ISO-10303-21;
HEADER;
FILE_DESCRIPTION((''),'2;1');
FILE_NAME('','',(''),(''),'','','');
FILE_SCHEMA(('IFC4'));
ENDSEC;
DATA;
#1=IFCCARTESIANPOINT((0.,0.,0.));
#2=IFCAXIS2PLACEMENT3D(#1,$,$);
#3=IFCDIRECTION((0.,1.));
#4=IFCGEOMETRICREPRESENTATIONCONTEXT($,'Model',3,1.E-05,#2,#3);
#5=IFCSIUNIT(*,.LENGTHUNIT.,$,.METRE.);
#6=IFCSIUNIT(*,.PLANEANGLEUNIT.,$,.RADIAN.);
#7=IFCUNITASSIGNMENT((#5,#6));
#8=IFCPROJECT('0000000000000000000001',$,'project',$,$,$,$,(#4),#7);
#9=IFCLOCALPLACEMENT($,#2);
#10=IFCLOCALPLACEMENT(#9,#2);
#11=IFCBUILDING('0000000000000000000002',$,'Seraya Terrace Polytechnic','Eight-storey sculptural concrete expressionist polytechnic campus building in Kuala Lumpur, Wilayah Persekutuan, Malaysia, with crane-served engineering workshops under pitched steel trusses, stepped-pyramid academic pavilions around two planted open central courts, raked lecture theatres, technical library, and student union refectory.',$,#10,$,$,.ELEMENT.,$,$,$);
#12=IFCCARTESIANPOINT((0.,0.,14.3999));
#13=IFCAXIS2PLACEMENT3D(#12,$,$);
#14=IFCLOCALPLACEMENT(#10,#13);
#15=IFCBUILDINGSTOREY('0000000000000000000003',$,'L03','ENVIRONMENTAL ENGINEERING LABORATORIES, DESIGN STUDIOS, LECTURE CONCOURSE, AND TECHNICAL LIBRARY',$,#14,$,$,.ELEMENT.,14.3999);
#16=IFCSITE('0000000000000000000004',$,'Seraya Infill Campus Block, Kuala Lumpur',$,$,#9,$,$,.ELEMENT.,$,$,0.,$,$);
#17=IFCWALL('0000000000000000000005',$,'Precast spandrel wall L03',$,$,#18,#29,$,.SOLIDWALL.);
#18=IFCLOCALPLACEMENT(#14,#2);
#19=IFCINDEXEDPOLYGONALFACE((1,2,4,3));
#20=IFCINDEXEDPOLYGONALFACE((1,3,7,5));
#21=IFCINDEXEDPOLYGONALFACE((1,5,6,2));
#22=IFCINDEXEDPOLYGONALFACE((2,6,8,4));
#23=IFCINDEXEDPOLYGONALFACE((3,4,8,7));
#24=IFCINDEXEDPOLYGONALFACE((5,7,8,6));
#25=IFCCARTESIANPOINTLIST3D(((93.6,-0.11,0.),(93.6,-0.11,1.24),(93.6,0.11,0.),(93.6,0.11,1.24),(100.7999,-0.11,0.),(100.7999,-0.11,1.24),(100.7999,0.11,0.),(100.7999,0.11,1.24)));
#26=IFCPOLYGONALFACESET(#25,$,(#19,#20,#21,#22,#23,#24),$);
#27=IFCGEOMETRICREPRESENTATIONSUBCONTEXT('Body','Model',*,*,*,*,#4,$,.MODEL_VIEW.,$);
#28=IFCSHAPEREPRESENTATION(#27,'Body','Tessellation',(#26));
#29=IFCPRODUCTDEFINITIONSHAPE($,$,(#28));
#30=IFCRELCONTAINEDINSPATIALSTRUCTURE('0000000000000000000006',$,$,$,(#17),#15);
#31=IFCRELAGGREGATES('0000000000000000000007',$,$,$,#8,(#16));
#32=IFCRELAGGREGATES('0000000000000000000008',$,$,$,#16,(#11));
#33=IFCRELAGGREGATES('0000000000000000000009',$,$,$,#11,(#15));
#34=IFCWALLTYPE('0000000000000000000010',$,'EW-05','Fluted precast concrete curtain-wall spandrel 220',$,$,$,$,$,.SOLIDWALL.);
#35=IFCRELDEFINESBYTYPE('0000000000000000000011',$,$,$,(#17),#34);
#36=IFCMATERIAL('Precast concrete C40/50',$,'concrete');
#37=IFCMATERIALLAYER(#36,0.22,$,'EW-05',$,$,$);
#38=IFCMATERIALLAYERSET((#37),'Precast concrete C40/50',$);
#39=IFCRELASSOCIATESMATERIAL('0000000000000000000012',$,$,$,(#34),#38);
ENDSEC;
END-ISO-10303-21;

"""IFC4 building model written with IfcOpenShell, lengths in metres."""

from ifc_helpers import new_model, si_unit, direction, frame, frame_2d, origin, place, context, subcontext, project, spatial, rectangle, extrude, material, layer, layer_set, type_object, element, save


model = new_model("IFC4")

# Units and contexts
model_context = context("Model", 3, precision=1e-05, world=origin(), true_north=direction((0.0, 1.0)))
body_context = subcontext(model_context, "Body", "Model", "MODEL_VIEW")
ifc_project = project(units=[si_unit("LENGTHUNIT", "METRE"), si_unit("PLANEANGLEUNIT", "RADIAN")], contexts=[model_context])

# Site, building, storey
site_placement = place(None, origin())
site = spatial("IfcSite", under=ifc_project, at=site_placement, Name="Seraya Infill Campus Block, Kuala Lumpur", CompositionType="ELEMENT", RefElevation=0.0)
building_placement = place(site_placement, origin())
building = spatial("IfcBuilding", under=site, at=building_placement, Name="Seraya Terrace Polytechnic", Description="Eight-storey sculptural concrete expressionist polytechnic campus building in Kuala Lumpur, Wilayah Persekutuan, Malaysia, with crane-served engineering workshops under pitched steel trusses, stepped-pyramid academic pavilions around two planted open central courts, raked lecture theatres, technical library, and student union refectory.", CompositionType="ELEMENT")
storey_placement = place(building_placement, frame((0.0, 0.0, 14.3999)))
storey = spatial("IfcBuildingStorey", under=building, at=storey_placement, Name="L03", Description="ENVIRONMENTAL ENGINEERING LABORATORIES, DESIGN STUDIOS, LECTURE CONCOURSE, AND TECHNICAL LIBRARY", CompositionType="ELEMENT", Elevation=14.3999)

# Wall
ifc_material_1 = material(Name="Precast concrete C40/50", Category="concrete")
ifc_layer_1 = layer(ifc_material_1, 0.22, Name="EW-05")
ifc_layer_set_1 = layer_set([ifc_layer_1], Name="Precast concrete C40/50")
wall_type = type_object("IfcWallType", Name="EW-05", Description="Fluted precast concrete curtain-wall spandrel 220", PredefinedType="SOLIDWALL", material=ifc_layer_set_1)
wall_placement = place(storey_placement, frame((100.8, 0.0, 0.0), z_axis=(0.0, 0.0, 1.0), x_axis=(-1.0, 0.0, 0.0)))
element("IfcWall", 1, at=wall_placement, inside=storey, type_object=wall_type, Name="Precast spandrel wall L03", PredefinedType="SOLIDWALL", context=body_context, shape_type="SweptSolid", body=[
    extrude(rectangle(XDim=7.2, YDim=0.22, at=frame_2d((3.6001, 0.0))), origin(), (0.0, 0.0, 1.0), 1.24),
])

save(model, "model.ifc")
